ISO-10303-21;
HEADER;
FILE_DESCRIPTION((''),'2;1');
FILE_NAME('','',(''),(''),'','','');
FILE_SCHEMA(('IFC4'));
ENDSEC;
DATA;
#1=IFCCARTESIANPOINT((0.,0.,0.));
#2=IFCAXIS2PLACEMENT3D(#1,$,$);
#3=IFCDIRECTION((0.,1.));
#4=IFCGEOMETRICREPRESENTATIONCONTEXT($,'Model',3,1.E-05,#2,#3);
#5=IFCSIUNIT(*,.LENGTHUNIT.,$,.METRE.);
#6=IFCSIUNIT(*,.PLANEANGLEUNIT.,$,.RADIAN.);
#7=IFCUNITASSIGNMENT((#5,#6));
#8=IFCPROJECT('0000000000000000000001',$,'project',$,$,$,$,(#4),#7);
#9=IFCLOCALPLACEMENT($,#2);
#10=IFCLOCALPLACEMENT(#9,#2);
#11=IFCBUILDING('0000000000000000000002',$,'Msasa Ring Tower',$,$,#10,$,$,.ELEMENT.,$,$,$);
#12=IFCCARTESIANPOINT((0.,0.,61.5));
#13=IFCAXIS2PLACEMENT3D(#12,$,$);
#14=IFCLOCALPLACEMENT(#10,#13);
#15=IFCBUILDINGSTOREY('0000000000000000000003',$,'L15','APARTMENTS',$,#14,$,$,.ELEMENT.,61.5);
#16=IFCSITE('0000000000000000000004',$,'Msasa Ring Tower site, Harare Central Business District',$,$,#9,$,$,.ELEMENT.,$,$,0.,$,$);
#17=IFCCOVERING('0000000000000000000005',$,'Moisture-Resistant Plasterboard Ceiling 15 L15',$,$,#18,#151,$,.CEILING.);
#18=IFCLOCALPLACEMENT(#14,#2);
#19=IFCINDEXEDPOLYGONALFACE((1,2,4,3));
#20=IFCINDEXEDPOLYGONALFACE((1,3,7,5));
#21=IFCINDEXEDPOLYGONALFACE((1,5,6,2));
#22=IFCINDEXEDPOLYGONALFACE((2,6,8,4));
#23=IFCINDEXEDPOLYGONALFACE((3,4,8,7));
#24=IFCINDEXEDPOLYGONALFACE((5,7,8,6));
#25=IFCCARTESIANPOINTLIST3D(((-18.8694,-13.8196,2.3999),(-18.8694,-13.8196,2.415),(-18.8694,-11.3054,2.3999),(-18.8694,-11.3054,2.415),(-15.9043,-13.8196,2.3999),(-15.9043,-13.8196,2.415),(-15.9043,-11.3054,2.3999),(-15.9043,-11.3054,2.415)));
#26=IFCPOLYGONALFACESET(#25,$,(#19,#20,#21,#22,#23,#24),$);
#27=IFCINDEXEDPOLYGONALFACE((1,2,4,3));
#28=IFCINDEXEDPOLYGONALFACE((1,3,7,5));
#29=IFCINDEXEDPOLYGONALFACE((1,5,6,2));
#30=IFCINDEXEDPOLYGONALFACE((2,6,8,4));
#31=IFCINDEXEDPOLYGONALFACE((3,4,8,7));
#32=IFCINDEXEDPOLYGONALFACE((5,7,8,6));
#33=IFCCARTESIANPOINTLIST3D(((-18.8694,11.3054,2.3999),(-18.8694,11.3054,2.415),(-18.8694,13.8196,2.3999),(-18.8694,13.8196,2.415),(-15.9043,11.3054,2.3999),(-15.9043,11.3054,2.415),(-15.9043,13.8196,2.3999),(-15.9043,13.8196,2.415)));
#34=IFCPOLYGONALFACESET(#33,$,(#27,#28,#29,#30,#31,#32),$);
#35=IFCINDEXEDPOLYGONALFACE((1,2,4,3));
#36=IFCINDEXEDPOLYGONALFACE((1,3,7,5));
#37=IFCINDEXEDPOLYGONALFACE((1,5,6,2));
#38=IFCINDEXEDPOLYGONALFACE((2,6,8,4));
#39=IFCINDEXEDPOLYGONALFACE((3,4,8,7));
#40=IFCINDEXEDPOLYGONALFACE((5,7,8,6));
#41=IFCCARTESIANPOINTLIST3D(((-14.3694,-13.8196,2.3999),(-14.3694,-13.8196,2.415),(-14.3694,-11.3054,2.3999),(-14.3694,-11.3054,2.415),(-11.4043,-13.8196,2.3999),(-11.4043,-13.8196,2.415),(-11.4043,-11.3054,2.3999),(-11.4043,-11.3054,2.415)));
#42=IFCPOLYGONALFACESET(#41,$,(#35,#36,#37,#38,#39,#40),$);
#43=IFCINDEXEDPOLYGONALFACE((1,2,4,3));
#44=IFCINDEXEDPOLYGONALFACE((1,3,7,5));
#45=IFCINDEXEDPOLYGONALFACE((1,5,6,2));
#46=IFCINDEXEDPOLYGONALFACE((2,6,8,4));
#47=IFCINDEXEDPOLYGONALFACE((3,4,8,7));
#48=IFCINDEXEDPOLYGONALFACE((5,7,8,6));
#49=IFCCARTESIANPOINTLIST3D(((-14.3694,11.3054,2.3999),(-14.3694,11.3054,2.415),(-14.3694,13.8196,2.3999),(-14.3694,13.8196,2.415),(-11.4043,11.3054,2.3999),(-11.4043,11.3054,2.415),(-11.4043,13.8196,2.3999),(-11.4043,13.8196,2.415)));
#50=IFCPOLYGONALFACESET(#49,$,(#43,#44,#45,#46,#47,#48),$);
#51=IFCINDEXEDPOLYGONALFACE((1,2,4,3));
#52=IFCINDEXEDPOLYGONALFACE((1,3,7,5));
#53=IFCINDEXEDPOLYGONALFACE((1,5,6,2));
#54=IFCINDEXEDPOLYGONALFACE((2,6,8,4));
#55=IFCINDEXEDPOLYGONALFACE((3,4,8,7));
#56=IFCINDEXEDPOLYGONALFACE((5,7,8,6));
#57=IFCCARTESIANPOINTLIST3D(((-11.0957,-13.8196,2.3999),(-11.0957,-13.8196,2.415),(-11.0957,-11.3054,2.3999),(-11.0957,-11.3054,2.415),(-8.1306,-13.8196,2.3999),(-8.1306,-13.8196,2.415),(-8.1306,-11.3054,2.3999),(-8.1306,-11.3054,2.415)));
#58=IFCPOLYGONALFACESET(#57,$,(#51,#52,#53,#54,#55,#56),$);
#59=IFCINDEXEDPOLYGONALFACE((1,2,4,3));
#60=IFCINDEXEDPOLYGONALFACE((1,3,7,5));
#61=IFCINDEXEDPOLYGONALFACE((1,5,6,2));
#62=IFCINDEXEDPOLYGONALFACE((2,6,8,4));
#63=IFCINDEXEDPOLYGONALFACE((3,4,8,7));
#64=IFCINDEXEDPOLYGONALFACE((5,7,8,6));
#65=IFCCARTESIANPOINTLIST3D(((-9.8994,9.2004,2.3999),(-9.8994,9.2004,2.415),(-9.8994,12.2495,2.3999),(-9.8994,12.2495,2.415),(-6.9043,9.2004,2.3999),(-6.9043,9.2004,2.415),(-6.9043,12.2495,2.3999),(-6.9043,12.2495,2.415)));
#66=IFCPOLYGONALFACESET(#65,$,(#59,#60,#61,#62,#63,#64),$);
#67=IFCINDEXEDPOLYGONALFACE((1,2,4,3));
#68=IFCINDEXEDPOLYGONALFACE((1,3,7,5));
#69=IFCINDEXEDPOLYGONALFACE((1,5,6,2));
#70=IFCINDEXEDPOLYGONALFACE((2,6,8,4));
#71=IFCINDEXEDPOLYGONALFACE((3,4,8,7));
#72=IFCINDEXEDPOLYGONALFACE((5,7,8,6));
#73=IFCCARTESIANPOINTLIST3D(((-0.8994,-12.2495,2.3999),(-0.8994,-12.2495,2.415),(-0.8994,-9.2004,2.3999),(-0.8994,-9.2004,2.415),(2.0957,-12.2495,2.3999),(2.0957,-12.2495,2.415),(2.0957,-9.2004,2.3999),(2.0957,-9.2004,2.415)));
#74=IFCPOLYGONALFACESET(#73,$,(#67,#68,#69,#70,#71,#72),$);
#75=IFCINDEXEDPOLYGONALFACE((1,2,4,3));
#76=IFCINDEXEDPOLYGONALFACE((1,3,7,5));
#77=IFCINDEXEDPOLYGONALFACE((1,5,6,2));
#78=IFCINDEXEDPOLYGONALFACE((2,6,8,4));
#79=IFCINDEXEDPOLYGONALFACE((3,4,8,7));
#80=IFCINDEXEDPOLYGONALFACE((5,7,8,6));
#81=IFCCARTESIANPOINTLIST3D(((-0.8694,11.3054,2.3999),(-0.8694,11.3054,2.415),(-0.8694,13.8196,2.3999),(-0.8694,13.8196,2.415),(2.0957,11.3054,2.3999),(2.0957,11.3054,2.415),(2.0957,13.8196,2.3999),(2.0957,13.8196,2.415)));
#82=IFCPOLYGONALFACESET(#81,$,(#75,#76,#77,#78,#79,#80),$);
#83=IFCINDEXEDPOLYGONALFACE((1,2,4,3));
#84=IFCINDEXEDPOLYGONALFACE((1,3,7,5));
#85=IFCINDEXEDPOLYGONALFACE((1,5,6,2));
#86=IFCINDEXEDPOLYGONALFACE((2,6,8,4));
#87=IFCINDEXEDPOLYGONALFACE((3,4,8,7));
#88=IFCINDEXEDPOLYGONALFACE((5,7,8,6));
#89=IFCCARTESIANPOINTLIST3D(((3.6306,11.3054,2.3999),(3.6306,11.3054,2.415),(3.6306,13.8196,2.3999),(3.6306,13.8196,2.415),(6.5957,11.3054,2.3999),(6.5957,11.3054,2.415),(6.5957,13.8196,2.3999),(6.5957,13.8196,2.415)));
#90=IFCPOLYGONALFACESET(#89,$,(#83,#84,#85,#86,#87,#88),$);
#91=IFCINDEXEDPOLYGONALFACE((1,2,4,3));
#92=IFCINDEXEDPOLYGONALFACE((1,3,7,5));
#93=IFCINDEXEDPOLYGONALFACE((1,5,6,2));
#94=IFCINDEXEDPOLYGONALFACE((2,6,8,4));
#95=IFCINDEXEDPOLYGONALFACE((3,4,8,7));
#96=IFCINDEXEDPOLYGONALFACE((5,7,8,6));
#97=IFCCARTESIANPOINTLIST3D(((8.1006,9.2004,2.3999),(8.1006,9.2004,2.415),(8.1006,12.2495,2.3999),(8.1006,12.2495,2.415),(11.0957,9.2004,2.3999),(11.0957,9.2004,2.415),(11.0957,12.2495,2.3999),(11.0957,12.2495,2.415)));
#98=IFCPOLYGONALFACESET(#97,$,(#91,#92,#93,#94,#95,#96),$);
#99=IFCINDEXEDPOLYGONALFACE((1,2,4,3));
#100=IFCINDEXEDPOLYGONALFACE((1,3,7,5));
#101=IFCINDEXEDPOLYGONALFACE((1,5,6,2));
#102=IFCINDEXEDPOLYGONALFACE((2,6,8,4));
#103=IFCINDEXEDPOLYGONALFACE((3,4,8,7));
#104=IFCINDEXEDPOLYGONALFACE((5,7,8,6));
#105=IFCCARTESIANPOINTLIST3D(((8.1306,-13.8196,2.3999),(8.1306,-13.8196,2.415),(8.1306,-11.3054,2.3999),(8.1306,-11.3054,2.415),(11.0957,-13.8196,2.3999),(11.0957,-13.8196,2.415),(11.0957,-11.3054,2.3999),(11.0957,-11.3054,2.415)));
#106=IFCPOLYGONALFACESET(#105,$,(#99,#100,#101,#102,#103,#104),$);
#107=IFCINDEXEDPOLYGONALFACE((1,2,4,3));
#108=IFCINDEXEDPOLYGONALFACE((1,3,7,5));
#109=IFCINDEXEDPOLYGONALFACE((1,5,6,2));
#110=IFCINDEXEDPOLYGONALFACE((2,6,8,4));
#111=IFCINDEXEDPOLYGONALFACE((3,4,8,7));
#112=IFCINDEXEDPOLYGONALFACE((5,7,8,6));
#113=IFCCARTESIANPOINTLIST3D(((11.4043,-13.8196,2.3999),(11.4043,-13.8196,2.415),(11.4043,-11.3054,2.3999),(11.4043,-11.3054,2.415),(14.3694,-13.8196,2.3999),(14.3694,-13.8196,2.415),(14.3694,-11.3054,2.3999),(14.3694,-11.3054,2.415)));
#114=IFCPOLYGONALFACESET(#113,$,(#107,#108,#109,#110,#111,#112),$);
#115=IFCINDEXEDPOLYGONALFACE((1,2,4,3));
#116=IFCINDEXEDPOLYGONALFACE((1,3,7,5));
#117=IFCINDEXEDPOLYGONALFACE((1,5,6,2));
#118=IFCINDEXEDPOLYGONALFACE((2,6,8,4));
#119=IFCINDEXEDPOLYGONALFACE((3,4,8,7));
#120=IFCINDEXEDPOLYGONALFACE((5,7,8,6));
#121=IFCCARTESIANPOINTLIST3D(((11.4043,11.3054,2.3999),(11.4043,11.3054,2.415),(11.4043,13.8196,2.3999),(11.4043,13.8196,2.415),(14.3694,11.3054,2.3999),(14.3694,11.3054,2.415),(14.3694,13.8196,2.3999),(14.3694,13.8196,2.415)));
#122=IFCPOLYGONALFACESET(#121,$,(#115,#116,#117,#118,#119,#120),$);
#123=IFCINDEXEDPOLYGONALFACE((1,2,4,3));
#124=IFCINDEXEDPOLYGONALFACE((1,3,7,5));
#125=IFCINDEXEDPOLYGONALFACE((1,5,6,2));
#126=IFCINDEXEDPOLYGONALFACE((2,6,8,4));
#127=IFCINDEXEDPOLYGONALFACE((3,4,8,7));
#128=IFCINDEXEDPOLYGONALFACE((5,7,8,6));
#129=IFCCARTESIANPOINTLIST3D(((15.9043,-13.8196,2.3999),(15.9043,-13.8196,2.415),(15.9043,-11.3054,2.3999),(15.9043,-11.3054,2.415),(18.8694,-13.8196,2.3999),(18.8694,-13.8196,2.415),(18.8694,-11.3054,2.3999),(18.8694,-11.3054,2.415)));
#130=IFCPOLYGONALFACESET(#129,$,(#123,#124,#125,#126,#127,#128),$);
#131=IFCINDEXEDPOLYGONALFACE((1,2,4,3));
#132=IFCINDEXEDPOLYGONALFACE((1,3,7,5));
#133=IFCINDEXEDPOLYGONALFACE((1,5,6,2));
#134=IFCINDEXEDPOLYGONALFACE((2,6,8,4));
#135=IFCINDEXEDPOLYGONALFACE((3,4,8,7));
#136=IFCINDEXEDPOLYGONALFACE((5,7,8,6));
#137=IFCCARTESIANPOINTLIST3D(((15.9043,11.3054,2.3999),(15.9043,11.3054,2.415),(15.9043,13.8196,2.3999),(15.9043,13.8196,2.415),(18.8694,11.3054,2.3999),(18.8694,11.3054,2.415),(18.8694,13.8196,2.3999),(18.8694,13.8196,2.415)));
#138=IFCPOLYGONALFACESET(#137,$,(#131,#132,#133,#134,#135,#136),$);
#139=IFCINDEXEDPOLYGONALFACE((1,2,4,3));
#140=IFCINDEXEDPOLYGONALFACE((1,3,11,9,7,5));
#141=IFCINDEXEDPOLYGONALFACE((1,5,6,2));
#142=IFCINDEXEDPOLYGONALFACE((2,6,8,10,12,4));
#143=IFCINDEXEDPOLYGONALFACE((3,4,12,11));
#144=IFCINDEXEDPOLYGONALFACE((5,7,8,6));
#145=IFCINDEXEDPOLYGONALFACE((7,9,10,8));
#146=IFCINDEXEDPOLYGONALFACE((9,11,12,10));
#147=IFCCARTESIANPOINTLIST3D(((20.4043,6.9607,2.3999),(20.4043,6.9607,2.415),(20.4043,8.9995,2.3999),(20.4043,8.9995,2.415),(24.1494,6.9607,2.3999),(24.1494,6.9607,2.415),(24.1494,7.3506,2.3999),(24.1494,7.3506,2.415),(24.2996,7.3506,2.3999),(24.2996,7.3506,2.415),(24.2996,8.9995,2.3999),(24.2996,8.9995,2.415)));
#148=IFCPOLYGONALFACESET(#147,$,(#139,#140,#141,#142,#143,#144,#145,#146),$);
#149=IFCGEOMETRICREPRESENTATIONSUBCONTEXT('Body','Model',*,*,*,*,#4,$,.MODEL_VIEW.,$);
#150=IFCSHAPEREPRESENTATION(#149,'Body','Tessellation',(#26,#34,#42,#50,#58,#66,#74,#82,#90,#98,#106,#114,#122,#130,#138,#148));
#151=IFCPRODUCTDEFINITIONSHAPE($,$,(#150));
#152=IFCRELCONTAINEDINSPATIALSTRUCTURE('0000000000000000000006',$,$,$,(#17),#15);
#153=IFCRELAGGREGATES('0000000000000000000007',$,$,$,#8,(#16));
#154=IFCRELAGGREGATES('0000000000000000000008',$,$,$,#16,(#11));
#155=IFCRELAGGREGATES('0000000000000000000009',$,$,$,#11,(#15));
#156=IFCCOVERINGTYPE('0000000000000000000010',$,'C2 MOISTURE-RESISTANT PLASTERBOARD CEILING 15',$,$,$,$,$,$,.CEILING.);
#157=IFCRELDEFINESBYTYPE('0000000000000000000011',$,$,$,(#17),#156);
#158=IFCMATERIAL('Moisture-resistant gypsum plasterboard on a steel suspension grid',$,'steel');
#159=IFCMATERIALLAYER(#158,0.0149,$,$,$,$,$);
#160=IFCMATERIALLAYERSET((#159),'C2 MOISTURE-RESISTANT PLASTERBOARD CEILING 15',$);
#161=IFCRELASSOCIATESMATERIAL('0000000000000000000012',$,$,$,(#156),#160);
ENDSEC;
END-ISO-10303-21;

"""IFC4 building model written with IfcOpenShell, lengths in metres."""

from ifc_helpers import new_model, si_unit, direction, frame, origin, place, context, subcontext, project, spatial, line, indexed_curve, outline, extrude, material, layer, layer_set, type_object, element, save


model = new_model("IFC4")

# Units and contexts
model_context = context("Model", 3, precision=1e-05, world=origin(), true_north=direction((0.0, 1.0)))
body_context = subcontext(model_context, "Body", "Model", "MODEL_VIEW")
ifc_project = project(units=[si_unit("LENGTHUNIT", "METRE"), si_unit("PLANEANGLEUNIT", "RADIAN")], contexts=[model_context])

# Site, building, storey
site_placement = place(None, origin())
site = spatial("IfcSite", under=ifc_project, at=site_placement, Name="Msasa Ring Tower site, Harare Central Business District", CompositionType="ELEMENT", RefElevation=0.0)
building_placement = place(site_placement, origin())
building = spatial("IfcBuilding", under=site, at=building_placement, Name="Msasa Ring Tower", CompositionType="ELEMENT")
storey_placement = place(building_placement, frame((0.0, 0.0, 61.5)))
storey = spatial("IfcBuildingStorey", under=building, at=storey_placement, Name="L15", Description="APARTMENTS", CompositionType="ELEMENT", Elevation=61.5)

# Covering
ifc_material_1 = material(Name="Moisture-resistant gypsum plasterboard on a steel suspension grid", Category="steel")
ifc_layer_1 = layer(ifc_material_1, 0.0149)
ifc_layer_set_1 = layer_set([ifc_layer_1], Name="C2 MOISTURE-RESISTANT PLASTERBOARD CEILING 15")
covering_type_1 = type_object("IfcCoveringType", Name="C2 MOISTURE-RESISTANT PLASTERBOARD CEILING 15", PredefinedType="CEILING", material=ifc_layer_set_1)
covering_1_placement = place(storey_placement, frame((0.0, 0.0, 2.3999)))
element("IfcCovering", 1, at=covering_1_placement, inside=storey, type_object=covering_type_1, Name="Moisture-Resistant Plasterboard Ceiling 15 L15", PredefinedType="CEILING", context=body_context, shape_type="SweptSolid", body=[
    extrude(outline(indexed_curve([(-18.8694, -11.3054), (-15.9043, -11.3054), (-15.9043, -13.8196), (-18.8694, -13.8196)], segments=[line(1, 2, 3, 4, 1)], self_intersect=False)), origin(), (0.0, 0.0, 1.0), 0.0151),
    extrude(outline(indexed_curve([(-18.8694, 13.8196), (-15.9043, 13.8196), (-15.9043, 11.3054), (-18.8694, 11.3054)], segments=[line(1, 2, 3, 4, 1)], self_intersect=False)), origin(), (0.0, 0.0, 1.0), 0.0151),
    extrude(outline(indexed_curve([(-14.3694, -11.3054), (-11.4043, -11.3054), (-11.4043, -13.8196), (-14.3694, -13.8196)], segments=[line(1, 2, 3, 4, 1)], self_intersect=False)), origin(), (0.0, 0.0, 1.0), 0.0151),
    extrude(outline(indexed_curve([(-14.3694, 13.8196), (-11.4043, 13.8196), (-11.4043, 11.3054), (-14.3694, 11.3054)], segments=[line(1, 2, 3, 4, 1)], self_intersect=False)), origin(), (0.0, 0.0, 1.0), 0.0151),
    extrude(outline(indexed_curve([(-8.1306, -11.3054), (-8.1306, -13.8196), (-11.0957, -13.8196), (-11.0957, -11.3054)], segments=[line(1, 2, 3, 4, 1)], self_intersect=False)), origin(), (0.0, 0.0, 1.0), 0.0151),
    extrude(outline(indexed_curve([(-9.8994, 12.2495), (-6.9043, 12.2495), (-6.9043, 9.2004), (-9.8994, 9.2004)], segments=[line(1, 2, 3, 4, 1)], self_intersect=False)), origin(), (0.0, 0.0, 1.0), 0.0151),
    extrude(outline(indexed_curve([(-0.8994, -9.2004), (2.0957, -9.2004), (2.0957, -12.2495), (-0.8994, -12.2495)], segments=[line(1, 2, 3, 4, 1)], self_intersect=False)), origin(), (0.0, 0.0, 1.0), 0.0151),
    extrude(outline(indexed_curve([(-0.8694, 13.8196), (2.0957, 13.8196), (2.0957, 11.3054), (-0.8694, 11.3054)], segments=[line(1, 2, 3, 4, 1)], self_intersect=False)), origin(), (0.0, 0.0, 1.0), 0.0151),
    extrude(outline(indexed_curve([(3.6306, 13.8196), (6.5957, 13.8196), (6.5957, 11.3054), (3.6306, 11.3054)], segments=[line(1, 2, 3, 4, 1)], self_intersect=False)), origin(), (0.0, 0.0, 1.0), 0.0151),
    extrude(outline(indexed_curve([(8.1006, 12.2495), (11.0957, 12.2495), (11.0957, 9.2004), (8.1006, 9.2004)], segments=[line(1, 2, 3, 4, 1)], self_intersect=False)), origin(), (0.0, 0.0, 1.0), 0.0151),
    extrude(outline(indexed_curve([(8.1306, -11.3054), (11.0957, -11.3054), (11.0957, -13.8196), (8.1306, -13.8196)], segments=[line(1, 2, 3, 4, 1)], self_intersect=False)), origin(), (0.0, 0.0, 1.0), 0.0151),
    extrude(outline(indexed_curve([(14.3694, -11.3054), (14.3694, -13.8196), (11.4043, -13.8196), (11.4043, -11.3054)], segments=[line(1, 2, 3, 4, 1)], self_intersect=False)), origin(), (0.0, 0.0, 1.0), 0.0151),
    extrude(outline(indexed_curve([(14.3694, 13.8196), (14.3694, 11.3054), (11.4043, 11.3054), (11.4043, 13.8196)], segments=[line(1, 2, 3, 4, 1)], self_intersect=False)), origin(), (0.0, 0.0, 1.0), 0.0151),
    extrude(outline(indexed_curve([(18.8694, -11.3054), (18.8694, -13.8196), (15.9043, -13.8196), (15.9043, -11.3054)], segments=[line(1, 2, 3, 4, 1)], self_intersect=False)), origin(), (0.0, 0.0, 1.0), 0.0151),
    extrude(outline(indexed_curve([(18.8694, 13.8196), (18.8694, 11.3054), (15.9043, 11.3054), (15.9043, 13.8196)], segments=[line(1, 2, 3, 4, 1)], self_intersect=False)), origin(), (0.0, 0.0, 1.0), 0.0151),
    extrude(outline(indexed_curve([(24.2996, 8.9995), (24.2996, 7.3506), (24.1494, 7.3506), (24.1494, 6.9607), (20.4043, 6.9607), (20.4043, 8.9995)], segments=[line(1, 2, 3, 4, 5, 6, 1)], self_intersect=False)), origin(), (0.0, 0.0, 1.0), 0.0151),
])

save(model, "model.ifc")
